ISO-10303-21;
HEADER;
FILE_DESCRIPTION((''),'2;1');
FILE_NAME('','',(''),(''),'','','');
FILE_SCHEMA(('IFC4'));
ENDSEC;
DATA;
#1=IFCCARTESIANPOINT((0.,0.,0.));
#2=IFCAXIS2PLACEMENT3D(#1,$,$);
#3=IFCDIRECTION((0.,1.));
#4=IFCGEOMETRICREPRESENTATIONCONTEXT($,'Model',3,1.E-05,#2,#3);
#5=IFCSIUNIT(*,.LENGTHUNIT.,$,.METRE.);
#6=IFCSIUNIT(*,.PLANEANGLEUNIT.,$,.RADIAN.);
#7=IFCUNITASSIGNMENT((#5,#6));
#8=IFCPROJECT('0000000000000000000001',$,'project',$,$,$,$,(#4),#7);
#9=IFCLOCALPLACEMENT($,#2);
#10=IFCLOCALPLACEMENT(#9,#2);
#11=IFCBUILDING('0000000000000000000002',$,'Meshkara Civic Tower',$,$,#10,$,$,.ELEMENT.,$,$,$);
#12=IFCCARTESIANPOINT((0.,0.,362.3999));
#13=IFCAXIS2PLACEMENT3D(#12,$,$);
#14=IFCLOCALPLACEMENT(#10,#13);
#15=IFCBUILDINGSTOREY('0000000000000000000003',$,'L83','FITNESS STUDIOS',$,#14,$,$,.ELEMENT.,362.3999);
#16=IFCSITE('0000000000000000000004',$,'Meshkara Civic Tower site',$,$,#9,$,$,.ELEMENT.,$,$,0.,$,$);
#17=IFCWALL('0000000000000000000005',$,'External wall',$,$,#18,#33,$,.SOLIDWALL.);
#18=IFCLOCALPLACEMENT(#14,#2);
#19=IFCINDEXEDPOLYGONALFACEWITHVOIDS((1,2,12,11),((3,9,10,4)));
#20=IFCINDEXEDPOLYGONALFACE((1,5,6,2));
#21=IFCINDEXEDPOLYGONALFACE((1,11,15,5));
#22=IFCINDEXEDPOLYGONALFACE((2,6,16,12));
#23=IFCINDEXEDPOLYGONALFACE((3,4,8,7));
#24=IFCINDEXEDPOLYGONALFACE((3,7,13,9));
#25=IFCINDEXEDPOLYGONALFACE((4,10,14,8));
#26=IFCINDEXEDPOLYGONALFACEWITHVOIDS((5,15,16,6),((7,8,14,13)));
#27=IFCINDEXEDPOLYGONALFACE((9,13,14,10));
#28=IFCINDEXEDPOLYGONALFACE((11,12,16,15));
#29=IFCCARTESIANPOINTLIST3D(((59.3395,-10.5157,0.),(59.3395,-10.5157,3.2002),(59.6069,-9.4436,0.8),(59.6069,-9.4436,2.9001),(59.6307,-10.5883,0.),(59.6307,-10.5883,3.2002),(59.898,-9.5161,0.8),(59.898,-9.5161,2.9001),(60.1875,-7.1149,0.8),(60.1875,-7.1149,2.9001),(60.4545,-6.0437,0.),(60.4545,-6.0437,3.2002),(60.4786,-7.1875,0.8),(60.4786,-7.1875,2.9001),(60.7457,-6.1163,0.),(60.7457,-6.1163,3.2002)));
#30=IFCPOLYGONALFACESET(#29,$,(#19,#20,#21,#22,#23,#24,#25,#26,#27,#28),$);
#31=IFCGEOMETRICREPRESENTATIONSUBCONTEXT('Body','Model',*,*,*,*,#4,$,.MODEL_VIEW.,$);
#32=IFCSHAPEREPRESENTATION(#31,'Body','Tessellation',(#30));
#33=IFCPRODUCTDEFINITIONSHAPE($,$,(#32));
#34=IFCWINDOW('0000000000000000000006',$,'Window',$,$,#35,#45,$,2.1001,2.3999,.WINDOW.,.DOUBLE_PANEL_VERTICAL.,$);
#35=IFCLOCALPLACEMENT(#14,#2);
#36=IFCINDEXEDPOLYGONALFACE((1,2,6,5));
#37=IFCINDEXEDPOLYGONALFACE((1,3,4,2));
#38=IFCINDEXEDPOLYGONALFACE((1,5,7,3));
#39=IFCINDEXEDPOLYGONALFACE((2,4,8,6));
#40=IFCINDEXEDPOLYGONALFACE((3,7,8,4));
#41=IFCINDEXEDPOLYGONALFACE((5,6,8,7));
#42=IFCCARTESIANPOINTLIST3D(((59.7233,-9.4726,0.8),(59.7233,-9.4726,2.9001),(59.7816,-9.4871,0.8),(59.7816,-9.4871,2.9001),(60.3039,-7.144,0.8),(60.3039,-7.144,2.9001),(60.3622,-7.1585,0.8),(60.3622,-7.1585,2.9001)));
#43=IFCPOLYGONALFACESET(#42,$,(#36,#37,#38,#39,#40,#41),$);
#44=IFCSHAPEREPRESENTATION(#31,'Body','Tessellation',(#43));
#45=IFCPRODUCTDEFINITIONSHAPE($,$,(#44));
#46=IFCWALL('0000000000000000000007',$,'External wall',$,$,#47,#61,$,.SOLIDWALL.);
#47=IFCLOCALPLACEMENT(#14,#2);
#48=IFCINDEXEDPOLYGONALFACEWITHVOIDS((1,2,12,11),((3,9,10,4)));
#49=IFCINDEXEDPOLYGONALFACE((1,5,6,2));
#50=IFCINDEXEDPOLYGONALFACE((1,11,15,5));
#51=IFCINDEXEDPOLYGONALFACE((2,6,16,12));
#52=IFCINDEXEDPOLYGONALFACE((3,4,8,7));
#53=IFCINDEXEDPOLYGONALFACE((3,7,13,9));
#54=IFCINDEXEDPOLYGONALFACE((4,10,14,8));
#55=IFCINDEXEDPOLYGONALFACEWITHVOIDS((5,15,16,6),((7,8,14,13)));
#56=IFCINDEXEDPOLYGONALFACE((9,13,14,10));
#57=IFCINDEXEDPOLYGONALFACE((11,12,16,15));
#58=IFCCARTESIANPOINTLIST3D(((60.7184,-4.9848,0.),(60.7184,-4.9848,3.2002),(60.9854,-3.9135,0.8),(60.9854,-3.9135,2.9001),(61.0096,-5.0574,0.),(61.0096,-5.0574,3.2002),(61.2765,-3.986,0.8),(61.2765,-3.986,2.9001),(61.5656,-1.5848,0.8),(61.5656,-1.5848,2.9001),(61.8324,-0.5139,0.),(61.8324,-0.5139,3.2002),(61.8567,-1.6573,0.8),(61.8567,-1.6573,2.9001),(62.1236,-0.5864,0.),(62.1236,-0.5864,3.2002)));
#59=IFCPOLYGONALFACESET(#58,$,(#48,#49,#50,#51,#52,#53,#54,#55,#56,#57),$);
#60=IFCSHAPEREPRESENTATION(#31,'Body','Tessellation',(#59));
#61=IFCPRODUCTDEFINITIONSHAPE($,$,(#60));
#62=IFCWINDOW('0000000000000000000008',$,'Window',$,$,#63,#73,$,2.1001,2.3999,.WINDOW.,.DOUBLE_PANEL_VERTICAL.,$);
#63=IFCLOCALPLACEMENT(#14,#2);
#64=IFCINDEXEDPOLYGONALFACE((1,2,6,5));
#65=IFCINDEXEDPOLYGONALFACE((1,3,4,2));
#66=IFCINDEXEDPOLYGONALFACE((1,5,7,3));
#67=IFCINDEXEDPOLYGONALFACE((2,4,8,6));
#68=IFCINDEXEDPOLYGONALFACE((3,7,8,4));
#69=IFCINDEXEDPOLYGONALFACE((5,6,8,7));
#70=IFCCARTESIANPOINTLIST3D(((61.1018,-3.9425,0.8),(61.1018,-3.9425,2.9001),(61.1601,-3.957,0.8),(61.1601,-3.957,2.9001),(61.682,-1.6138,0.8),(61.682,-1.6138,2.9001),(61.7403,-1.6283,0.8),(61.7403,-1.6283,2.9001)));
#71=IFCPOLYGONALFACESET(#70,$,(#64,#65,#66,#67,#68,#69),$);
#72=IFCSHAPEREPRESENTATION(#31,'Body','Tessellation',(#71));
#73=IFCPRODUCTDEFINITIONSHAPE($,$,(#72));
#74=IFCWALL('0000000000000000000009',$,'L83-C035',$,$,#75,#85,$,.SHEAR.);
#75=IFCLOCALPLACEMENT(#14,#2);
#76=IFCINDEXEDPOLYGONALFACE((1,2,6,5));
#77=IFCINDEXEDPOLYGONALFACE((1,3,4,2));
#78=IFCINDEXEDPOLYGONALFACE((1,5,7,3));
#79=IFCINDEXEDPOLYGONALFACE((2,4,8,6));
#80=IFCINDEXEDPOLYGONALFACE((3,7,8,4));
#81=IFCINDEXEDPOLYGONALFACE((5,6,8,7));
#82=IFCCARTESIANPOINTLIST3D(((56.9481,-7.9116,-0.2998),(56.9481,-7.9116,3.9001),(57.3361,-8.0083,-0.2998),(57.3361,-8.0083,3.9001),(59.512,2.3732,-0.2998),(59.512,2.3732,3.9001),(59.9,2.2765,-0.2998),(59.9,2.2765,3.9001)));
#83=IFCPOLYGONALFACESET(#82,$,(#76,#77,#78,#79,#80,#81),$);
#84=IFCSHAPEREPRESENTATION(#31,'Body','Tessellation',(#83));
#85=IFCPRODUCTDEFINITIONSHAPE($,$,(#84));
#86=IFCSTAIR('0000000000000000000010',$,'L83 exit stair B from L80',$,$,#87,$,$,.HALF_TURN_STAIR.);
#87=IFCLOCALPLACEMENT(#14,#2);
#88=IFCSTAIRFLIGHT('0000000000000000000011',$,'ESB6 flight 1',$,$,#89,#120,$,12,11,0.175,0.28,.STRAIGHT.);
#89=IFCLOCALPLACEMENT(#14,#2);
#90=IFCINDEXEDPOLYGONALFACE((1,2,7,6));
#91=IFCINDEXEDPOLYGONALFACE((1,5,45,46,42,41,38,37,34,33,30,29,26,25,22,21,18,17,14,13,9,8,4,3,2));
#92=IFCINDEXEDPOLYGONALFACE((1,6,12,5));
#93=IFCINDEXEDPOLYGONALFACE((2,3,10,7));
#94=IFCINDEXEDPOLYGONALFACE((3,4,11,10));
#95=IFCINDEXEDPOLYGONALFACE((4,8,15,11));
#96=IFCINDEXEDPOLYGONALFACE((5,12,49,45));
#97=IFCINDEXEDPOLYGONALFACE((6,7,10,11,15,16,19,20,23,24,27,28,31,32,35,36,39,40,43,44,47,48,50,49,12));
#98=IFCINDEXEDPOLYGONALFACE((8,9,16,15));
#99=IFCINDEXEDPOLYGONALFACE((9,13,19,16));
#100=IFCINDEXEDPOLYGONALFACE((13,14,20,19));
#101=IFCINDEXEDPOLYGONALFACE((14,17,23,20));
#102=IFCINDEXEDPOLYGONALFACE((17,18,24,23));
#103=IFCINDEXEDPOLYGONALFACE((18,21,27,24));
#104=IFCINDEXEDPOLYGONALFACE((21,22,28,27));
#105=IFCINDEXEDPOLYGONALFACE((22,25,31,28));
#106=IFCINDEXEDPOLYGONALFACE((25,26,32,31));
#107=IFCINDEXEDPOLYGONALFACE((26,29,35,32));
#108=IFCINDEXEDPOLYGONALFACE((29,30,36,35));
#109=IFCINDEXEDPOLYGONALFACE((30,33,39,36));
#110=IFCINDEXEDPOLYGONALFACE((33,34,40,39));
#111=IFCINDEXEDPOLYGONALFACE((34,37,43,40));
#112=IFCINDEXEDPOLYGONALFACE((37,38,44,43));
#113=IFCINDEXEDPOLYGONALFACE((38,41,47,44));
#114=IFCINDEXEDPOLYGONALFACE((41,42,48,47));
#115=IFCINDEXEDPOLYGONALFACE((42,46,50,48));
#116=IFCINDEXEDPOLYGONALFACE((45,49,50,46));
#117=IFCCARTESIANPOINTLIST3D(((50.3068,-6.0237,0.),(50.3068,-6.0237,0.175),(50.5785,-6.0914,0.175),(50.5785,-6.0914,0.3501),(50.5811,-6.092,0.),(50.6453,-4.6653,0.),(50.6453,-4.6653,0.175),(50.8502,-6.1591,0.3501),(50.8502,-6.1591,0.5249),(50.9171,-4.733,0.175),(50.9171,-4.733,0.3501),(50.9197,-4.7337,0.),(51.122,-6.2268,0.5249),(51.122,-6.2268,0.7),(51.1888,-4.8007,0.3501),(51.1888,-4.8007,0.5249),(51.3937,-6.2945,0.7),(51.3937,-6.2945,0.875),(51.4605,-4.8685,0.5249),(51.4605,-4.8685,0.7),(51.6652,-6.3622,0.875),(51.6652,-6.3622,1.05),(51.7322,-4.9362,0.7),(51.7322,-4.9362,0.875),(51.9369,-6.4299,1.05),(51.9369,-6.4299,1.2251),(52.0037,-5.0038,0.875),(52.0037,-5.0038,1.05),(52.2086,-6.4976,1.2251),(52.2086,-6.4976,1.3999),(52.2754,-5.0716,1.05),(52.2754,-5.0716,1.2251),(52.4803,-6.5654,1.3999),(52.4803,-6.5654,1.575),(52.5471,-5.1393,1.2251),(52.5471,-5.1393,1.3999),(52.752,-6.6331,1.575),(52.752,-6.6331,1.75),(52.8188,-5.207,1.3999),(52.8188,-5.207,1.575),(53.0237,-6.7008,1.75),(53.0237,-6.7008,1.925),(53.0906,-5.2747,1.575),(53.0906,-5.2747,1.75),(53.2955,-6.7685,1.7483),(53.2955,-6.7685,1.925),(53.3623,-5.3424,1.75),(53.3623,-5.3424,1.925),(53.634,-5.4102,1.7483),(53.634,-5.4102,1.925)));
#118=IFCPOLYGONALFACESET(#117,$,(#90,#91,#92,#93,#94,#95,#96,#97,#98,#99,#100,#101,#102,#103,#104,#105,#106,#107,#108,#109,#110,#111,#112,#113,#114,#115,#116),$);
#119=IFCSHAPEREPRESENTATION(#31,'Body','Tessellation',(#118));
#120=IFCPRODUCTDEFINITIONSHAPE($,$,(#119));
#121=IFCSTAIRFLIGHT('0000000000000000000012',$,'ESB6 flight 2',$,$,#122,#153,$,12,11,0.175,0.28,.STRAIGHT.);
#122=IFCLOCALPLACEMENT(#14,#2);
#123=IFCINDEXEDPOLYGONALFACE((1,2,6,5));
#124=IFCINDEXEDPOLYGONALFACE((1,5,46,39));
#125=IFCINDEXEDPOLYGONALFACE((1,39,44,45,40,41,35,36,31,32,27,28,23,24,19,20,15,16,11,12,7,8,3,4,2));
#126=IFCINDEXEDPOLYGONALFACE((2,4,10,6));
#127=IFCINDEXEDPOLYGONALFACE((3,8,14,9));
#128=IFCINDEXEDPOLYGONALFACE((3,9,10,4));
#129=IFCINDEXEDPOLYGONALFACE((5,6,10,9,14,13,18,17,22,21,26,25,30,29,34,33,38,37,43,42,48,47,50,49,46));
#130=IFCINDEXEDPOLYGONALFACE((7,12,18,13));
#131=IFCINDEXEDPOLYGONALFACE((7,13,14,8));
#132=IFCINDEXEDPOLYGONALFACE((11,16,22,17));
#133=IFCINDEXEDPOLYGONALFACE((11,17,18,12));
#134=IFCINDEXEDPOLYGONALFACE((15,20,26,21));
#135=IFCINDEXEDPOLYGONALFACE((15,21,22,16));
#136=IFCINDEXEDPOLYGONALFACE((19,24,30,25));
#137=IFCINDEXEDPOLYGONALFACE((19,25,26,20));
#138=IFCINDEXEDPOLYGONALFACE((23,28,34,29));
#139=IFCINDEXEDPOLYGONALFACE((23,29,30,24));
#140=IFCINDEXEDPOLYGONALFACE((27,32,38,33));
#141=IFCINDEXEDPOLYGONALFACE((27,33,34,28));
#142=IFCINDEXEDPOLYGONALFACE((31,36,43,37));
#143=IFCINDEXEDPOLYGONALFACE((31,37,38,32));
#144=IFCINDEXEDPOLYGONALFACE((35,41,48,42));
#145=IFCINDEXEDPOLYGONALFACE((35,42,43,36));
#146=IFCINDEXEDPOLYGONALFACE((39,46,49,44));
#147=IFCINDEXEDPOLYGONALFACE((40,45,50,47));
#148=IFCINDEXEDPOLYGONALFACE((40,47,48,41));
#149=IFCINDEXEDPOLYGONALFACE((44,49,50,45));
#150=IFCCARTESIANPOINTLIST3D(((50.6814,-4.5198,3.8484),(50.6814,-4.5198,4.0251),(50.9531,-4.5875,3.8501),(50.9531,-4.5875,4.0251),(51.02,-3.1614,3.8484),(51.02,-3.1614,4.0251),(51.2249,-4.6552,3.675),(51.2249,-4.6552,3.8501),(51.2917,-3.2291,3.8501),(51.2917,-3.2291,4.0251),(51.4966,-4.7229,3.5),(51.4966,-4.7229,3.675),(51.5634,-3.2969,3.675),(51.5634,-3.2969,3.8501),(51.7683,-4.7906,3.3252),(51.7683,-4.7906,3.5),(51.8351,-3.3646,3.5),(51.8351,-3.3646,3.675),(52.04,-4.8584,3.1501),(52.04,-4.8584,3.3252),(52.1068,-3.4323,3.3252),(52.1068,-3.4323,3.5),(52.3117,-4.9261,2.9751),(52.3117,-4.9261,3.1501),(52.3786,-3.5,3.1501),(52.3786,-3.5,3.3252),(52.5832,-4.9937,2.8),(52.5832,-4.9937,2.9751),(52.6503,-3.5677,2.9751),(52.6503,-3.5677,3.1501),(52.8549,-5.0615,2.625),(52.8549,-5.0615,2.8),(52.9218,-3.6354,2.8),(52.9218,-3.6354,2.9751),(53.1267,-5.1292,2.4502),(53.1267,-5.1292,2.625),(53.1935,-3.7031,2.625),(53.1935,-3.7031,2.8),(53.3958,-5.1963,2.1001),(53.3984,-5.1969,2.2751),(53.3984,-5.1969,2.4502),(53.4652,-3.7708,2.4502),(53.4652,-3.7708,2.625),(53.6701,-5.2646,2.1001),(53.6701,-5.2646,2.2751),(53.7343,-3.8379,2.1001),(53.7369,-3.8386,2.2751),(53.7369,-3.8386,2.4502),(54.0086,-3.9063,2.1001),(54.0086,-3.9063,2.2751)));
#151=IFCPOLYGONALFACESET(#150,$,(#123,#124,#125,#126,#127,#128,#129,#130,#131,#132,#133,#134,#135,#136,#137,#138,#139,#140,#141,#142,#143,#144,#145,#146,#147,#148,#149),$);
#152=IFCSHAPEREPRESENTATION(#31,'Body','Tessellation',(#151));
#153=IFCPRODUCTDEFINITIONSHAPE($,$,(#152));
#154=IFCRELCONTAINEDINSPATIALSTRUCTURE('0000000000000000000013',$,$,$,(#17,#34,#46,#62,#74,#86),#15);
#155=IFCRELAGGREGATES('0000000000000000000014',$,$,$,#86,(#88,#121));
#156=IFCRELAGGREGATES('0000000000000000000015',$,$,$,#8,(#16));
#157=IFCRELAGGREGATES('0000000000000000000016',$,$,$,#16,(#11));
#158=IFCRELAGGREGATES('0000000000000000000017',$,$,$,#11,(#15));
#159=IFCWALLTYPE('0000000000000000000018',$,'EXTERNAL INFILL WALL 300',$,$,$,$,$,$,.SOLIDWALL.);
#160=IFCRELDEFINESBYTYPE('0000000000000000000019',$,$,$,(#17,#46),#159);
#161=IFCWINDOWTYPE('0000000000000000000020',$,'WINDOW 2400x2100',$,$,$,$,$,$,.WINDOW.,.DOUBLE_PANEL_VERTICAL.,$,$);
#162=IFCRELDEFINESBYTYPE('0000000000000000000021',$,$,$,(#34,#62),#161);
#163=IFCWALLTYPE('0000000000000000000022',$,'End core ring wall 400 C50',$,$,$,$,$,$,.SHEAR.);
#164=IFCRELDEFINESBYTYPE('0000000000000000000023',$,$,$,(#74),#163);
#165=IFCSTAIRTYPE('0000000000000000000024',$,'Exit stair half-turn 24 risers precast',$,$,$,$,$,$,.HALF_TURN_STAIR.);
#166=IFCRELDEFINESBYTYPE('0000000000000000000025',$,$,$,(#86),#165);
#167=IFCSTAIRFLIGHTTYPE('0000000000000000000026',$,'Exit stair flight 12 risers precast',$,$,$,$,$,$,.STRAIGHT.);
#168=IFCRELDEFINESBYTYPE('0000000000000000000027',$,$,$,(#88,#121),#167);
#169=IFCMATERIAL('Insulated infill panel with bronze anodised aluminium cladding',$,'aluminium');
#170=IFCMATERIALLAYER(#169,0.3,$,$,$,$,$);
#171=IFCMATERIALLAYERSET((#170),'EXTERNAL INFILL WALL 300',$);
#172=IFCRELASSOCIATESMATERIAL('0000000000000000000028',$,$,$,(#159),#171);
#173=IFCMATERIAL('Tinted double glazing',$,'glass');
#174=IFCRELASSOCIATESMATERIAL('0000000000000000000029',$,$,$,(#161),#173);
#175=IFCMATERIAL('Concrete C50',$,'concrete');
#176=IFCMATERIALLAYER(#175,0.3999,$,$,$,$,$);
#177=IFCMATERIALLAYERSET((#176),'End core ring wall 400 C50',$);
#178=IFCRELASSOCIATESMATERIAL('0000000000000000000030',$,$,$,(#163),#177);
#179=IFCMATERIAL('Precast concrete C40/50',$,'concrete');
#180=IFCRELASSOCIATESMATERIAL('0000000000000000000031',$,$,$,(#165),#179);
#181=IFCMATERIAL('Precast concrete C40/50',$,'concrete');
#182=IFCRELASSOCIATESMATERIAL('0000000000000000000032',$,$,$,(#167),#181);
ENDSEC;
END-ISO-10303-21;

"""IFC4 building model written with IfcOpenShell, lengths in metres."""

from ifc_helpers import new_model, si_unit, direction, frame, frame_2d, origin, place, context, subcontext, project, spatial, polyline, rectangle, outline, extrude, material, layer, layer_set, type_object, element, fill, aggregate, save


model = new_model("IFC4")

# Units and contexts
model_context = context("Model", 3, precision=1e-05, world=origin(), true_north=direction((0.0, 1.0)))
body_context = subcontext(model_context, "Body", "Model", "MODEL_VIEW")
ifc_project = project(units=[si_unit("LENGTHUNIT", "METRE"), si_unit("PLANEANGLEUNIT", "RADIAN")], contexts=[model_context])

# Site, building, storey
site_placement = place(None, origin())
site = spatial("IfcSite", under=ifc_project, at=site_placement, Name="Meshkara Civic Tower site", CompositionType="ELEMENT", RefElevation=0.0)
building_placement = place(site_placement, origin())
building = spatial("IfcBuilding", under=site, at=building_placement, Name="Meshkara Civic Tower", CompositionType="ELEMENT")
storey_placement = place(building_placement, frame((0.0, 0.0, 362.3999)))
storey = spatial("IfcBuildingStorey", under=building, at=storey_placement, Name="L83", Description="FITNESS STUDIOS", CompositionType="ELEMENT", Elevation=362.3999)

# Walls, openings, windows
ifc_material_1 = material(Name="Insulated infill panel with bronze anodised aluminium cladding", Category="aluminium")
ifc_layer_1 = layer(ifc_material_1, 0.3)
ifc_layer_set_1 = layer_set([ifc_layer_1], Name="EXTERNAL INFILL WALL 300")
wall_type_1 = type_object("IfcWallType", Name="EXTERNAL INFILL WALL 300", PredefinedType="SOLIDWALL", material=ifc_layer_set_1)
ifc_material_2 = material(Name="Tinted double glazing", Category="glass")
window_type = type_object("IfcWindowType", Name="WINDOW 2400x2100", PartitioningType="DOUBLE_PANEL_VERTICAL", PredefinedType="WINDOW", material=ifc_material_2)
wall_1_placement = place(storey_placement, frame((59.4851, -10.552, 0.0), z_axis=(0.0, 0.0, 1.0), x_axis=(0.241925, 0.970295, 0.0)))
wall_1 = element("IfcWall", 1, at=wall_1_placement, inside=storey, type_object=wall_type_1, Name="External wall", PredefinedType="SOLIDWALL", context=body_context, shape_type="SweptSolid", body=[
    extrude(rectangle(XDim=4.6089, YDim=0.3, at=frame_2d((2.3044, 0.0))), origin(), (0.0, 0.0, 1.0), 3.2002),
])
opening_1_placement = place(wall_1_placement, frame((1.105, 0.0, 0.8)))
opening_1 = element("IfcOpeningElement", 2, at=opening_1_placement, cuts=wall_1, PredefinedType="OPENING", context=body_context, shape_type="SweptSolid", body=[
    extrude(rectangle(XDim=2.3999, YDim=2.1001, at=frame_2d((1.2, 1.05))), frame((0.0, 0.1599, 0.0), z_axis=(0.0, -1.0, 0.0), x_axis=(1.0, 0.0, 0.0)), (0.0, 0.0, 1.0), 0.3201),
])
window_1_placement = place(opening_1_placement, origin())
window_1 = element("IfcWindow", 3, at=window_1_placement, inside=storey, type_object=window_type, Name="Window", OverallHeight=2.1001, OverallWidth=2.3999, PartitioningType="DOUBLE_PANEL_VERTICAL", PredefinedType="WINDOW", context=body_context, shape_type="SweptSolid", body=[
    extrude(rectangle(XDim=2.3999, YDim=2.1001, at=frame_2d((1.2, 1.05))), frame((0.0, 0.03, 0.0), z_axis=(0.0, -1.0, 0.0), x_axis=(1.0, 0.0, 0.0)), (0.0, 0.0, 1.0), 0.0601),
])
fill(opening_1, window_1)
wall_2_placement = place(storey_placement, frame((60.864, -5.021, 0.0), z_axis=(0.0, 0.0, 1.0), x_axis=(0.241775, 0.970332, 0.0)))
wall_2 = element("IfcWall", 4, at=wall_2_placement, inside=storey, type_object=wall_type_1, Name="External wall", PredefinedType="SOLIDWALL", context=body_context, shape_type="SweptSolid", body=[
    extrude(rectangle(XDim=4.6077, YDim=0.3, at=frame_2d((2.3037, 0.0))), origin(), (0.0, 0.0, 1.0), 3.2002),
])
opening_2_placement = place(wall_2_placement, frame((1.104, 0.0, 0.8)))
opening_2 = element("IfcOpeningElement", 5, at=opening_2_placement, cuts=wall_2, PredefinedType="OPENING", context=body_context, shape_type="SweptSolid", body=[
    extrude(rectangle(XDim=2.3999, YDim=2.1001, at=frame_2d((1.2, 1.05))), frame((0.0, 0.1599, 0.0), z_axis=(0.0, -1.0, 0.0), x_axis=(1.0, 0.0, 0.0)), (0.0, 0.0, 1.0), 0.3201),
])
window_2_placement = place(opening_2_placement, origin())
window_2 = element("IfcWindow", 6, at=window_2_placement, inside=storey, type_object=window_type, Name="Window", OverallHeight=2.1001, OverallWidth=2.3999, PartitioningType="DOUBLE_PANEL_VERTICAL", PredefinedType="WINDOW", context=body_context, shape_type="SweptSolid", body=[
    extrude(rectangle(XDim=2.3999, YDim=2.1001, at=frame_2d((1.2, 1.05))), frame((0.0, 0.03, 0.0), z_axis=(0.0, -1.0, 0.0), x_axis=(1.0, 0.0, 0.0)), (0.0, 0.0, 1.0), 0.0601),
])
fill(opening_2, window_2)

# Wall
ifc_material_3 = material(Name="Concrete C50", Category="concrete")
ifc_layer_2 = layer(ifc_material_3, 0.3999)
ifc_layer_set_2 = layer_set([ifc_layer_2], Name="End core ring wall 400 C50")
wall_type_2 = type_object("IfcWallType", Name="End core ring wall 400 C50", PredefinedType="SHEAR", material=ifc_layer_set_2)
wall_3_placement = place(storey_placement, frame((57.1421, -7.96, -0.2998), z_axis=(0.0, 0.0, 1.0), x_axis=(0.241891, 0.970304, 0.0)))
element("IfcWall", 7, at=wall_3_placement, inside=storey, type_object=wall_type_2, Name="L83-C035", PredefinedType="SHEAR", context=body_context, shape_type="SweptSolid", body=[
    extrude(rectangle(XDim=10.5996, YDim=0.3999, at=frame_2d((5.2998, 0.0))), origin(), (0.0, 0.0, 1.0), 4.2),
])

# Stair, stair flights
ifc_material_4 = material(Name="Precast concrete C40/50", Category="concrete")
stair_type = type_object("IfcStairType", Name="Exit stair half-turn 24 risers precast", PredefinedType="HALF_TURN_STAIR", material=ifc_material_4)
stair_placement = place(storey_placement, origin())
stair = element("IfcStair", 8, at=stair_placement, inside=storey, type_object=stair_type, Name="L83 exit stair B from L80", PredefinedType="HALF_TURN_STAIR")
ifc_material_5 = material(Name="Precast concrete C40/50", Category="concrete")
stair_flight_type = type_object("IfcStairFlightType", Name="Exit stair flight 12 risers precast", PredefinedType="STRAIGHT", material=ifc_material_5)
stair_flight_1_placement = place(storey_placement, frame((50.4761, -5.3445, 0.0), z_axis=(0.0, 0.0, 1.0), x_axis=(0.970319, -0.24183, 0.0)))
stair_flight_1 = element("IfcStairFlight", 9, at=stair_flight_1_placement, type_object=stair_flight_type, Name="ESB6 flight 1", NumberOfRisers=12, NumberOfTreads=11, PredefinedType="STRAIGHT", RiserHeight=0.175, TreadLength=0.28, context=body_context, shape_type="SweptSolid", body=[
    extrude(outline(polyline([(0.0, 0.0), (0.0, 0.175), (0.28, 0.175), (0.28, 0.3501), (0.5601, 0.3501), (0.5601, 0.5249), (0.8401, 0.5249), (0.8401, 0.7), (1.1201, 0.7), (1.1201, 0.875), (1.3999, 0.875), (1.3999, 1.05), (1.6799, 1.05), (1.6799, 1.2251), (1.96, 1.2251), (1.96, 1.3999), (2.24, 1.3999), (2.24, 1.575), (2.52, 1.575), (2.52, 1.75), (2.8, 1.75), (2.8, 1.925), (3.0801, 1.925), (3.0801, 2.1001), (3.0801, 1.7483), (0.2827, 0.0), (0.0, 0.0)])), frame((0.0, 0.7, 0.0), z_axis=(0.0, -1.0, 0.0), x_axis=(1.0, 0.0, 0.0)), (0.0, 0.0, 1.0), 1.3999),
])
stair_flight_2_placement = place(storey_placement, frame((53.8394, -4.5854, 2.1001), z_axis=(0.0, 0.0, 1.0), x_axis=(-0.970319, 0.24183, 0.0)))
stair_flight_2 = element("IfcStairFlight", 10, at=stair_flight_2_placement, type_object=stair_flight_type, Name="ESB6 flight 2", NumberOfRisers=12, NumberOfTreads=11, PredefinedType="STRAIGHT", RiserHeight=0.175, TreadLength=0.28, context=body_context, shape_type="SweptSolid", body=[
    extrude(outline(polyline([(0.0, 0.0), (0.0, 0.175), (0.28, 0.175), (0.28, 0.3501), (0.5601, 0.3501), (0.5601, 0.5249), (0.8401, 0.5249), (0.8401, 0.7), (1.1201, 0.7), (1.1201, 0.875), (1.3999, 0.875), (1.3999, 1.05), (1.6799, 1.05), (1.6799, 1.2251), (1.96, 1.2251), (1.96, 1.3999), (2.24, 1.3999), (2.24, 1.575), (2.52, 1.575), (2.52, 1.75), (2.8, 1.75), (2.8, 1.925), (3.0801, 1.925), (3.0801, 2.1001), (3.0801, 1.7483), (0.2827, 0.0), (0.0, 0.0)])), frame((0.0, 0.7, 0.0), z_axis=(0.0, -1.0, 0.0), x_axis=(1.0, 0.0, 0.0)), (0.0, 0.0, 1.0), 1.3999),
])
aggregate(stair, [stair_flight_1, stair_flight_2])

save(model, "model.ifc")
